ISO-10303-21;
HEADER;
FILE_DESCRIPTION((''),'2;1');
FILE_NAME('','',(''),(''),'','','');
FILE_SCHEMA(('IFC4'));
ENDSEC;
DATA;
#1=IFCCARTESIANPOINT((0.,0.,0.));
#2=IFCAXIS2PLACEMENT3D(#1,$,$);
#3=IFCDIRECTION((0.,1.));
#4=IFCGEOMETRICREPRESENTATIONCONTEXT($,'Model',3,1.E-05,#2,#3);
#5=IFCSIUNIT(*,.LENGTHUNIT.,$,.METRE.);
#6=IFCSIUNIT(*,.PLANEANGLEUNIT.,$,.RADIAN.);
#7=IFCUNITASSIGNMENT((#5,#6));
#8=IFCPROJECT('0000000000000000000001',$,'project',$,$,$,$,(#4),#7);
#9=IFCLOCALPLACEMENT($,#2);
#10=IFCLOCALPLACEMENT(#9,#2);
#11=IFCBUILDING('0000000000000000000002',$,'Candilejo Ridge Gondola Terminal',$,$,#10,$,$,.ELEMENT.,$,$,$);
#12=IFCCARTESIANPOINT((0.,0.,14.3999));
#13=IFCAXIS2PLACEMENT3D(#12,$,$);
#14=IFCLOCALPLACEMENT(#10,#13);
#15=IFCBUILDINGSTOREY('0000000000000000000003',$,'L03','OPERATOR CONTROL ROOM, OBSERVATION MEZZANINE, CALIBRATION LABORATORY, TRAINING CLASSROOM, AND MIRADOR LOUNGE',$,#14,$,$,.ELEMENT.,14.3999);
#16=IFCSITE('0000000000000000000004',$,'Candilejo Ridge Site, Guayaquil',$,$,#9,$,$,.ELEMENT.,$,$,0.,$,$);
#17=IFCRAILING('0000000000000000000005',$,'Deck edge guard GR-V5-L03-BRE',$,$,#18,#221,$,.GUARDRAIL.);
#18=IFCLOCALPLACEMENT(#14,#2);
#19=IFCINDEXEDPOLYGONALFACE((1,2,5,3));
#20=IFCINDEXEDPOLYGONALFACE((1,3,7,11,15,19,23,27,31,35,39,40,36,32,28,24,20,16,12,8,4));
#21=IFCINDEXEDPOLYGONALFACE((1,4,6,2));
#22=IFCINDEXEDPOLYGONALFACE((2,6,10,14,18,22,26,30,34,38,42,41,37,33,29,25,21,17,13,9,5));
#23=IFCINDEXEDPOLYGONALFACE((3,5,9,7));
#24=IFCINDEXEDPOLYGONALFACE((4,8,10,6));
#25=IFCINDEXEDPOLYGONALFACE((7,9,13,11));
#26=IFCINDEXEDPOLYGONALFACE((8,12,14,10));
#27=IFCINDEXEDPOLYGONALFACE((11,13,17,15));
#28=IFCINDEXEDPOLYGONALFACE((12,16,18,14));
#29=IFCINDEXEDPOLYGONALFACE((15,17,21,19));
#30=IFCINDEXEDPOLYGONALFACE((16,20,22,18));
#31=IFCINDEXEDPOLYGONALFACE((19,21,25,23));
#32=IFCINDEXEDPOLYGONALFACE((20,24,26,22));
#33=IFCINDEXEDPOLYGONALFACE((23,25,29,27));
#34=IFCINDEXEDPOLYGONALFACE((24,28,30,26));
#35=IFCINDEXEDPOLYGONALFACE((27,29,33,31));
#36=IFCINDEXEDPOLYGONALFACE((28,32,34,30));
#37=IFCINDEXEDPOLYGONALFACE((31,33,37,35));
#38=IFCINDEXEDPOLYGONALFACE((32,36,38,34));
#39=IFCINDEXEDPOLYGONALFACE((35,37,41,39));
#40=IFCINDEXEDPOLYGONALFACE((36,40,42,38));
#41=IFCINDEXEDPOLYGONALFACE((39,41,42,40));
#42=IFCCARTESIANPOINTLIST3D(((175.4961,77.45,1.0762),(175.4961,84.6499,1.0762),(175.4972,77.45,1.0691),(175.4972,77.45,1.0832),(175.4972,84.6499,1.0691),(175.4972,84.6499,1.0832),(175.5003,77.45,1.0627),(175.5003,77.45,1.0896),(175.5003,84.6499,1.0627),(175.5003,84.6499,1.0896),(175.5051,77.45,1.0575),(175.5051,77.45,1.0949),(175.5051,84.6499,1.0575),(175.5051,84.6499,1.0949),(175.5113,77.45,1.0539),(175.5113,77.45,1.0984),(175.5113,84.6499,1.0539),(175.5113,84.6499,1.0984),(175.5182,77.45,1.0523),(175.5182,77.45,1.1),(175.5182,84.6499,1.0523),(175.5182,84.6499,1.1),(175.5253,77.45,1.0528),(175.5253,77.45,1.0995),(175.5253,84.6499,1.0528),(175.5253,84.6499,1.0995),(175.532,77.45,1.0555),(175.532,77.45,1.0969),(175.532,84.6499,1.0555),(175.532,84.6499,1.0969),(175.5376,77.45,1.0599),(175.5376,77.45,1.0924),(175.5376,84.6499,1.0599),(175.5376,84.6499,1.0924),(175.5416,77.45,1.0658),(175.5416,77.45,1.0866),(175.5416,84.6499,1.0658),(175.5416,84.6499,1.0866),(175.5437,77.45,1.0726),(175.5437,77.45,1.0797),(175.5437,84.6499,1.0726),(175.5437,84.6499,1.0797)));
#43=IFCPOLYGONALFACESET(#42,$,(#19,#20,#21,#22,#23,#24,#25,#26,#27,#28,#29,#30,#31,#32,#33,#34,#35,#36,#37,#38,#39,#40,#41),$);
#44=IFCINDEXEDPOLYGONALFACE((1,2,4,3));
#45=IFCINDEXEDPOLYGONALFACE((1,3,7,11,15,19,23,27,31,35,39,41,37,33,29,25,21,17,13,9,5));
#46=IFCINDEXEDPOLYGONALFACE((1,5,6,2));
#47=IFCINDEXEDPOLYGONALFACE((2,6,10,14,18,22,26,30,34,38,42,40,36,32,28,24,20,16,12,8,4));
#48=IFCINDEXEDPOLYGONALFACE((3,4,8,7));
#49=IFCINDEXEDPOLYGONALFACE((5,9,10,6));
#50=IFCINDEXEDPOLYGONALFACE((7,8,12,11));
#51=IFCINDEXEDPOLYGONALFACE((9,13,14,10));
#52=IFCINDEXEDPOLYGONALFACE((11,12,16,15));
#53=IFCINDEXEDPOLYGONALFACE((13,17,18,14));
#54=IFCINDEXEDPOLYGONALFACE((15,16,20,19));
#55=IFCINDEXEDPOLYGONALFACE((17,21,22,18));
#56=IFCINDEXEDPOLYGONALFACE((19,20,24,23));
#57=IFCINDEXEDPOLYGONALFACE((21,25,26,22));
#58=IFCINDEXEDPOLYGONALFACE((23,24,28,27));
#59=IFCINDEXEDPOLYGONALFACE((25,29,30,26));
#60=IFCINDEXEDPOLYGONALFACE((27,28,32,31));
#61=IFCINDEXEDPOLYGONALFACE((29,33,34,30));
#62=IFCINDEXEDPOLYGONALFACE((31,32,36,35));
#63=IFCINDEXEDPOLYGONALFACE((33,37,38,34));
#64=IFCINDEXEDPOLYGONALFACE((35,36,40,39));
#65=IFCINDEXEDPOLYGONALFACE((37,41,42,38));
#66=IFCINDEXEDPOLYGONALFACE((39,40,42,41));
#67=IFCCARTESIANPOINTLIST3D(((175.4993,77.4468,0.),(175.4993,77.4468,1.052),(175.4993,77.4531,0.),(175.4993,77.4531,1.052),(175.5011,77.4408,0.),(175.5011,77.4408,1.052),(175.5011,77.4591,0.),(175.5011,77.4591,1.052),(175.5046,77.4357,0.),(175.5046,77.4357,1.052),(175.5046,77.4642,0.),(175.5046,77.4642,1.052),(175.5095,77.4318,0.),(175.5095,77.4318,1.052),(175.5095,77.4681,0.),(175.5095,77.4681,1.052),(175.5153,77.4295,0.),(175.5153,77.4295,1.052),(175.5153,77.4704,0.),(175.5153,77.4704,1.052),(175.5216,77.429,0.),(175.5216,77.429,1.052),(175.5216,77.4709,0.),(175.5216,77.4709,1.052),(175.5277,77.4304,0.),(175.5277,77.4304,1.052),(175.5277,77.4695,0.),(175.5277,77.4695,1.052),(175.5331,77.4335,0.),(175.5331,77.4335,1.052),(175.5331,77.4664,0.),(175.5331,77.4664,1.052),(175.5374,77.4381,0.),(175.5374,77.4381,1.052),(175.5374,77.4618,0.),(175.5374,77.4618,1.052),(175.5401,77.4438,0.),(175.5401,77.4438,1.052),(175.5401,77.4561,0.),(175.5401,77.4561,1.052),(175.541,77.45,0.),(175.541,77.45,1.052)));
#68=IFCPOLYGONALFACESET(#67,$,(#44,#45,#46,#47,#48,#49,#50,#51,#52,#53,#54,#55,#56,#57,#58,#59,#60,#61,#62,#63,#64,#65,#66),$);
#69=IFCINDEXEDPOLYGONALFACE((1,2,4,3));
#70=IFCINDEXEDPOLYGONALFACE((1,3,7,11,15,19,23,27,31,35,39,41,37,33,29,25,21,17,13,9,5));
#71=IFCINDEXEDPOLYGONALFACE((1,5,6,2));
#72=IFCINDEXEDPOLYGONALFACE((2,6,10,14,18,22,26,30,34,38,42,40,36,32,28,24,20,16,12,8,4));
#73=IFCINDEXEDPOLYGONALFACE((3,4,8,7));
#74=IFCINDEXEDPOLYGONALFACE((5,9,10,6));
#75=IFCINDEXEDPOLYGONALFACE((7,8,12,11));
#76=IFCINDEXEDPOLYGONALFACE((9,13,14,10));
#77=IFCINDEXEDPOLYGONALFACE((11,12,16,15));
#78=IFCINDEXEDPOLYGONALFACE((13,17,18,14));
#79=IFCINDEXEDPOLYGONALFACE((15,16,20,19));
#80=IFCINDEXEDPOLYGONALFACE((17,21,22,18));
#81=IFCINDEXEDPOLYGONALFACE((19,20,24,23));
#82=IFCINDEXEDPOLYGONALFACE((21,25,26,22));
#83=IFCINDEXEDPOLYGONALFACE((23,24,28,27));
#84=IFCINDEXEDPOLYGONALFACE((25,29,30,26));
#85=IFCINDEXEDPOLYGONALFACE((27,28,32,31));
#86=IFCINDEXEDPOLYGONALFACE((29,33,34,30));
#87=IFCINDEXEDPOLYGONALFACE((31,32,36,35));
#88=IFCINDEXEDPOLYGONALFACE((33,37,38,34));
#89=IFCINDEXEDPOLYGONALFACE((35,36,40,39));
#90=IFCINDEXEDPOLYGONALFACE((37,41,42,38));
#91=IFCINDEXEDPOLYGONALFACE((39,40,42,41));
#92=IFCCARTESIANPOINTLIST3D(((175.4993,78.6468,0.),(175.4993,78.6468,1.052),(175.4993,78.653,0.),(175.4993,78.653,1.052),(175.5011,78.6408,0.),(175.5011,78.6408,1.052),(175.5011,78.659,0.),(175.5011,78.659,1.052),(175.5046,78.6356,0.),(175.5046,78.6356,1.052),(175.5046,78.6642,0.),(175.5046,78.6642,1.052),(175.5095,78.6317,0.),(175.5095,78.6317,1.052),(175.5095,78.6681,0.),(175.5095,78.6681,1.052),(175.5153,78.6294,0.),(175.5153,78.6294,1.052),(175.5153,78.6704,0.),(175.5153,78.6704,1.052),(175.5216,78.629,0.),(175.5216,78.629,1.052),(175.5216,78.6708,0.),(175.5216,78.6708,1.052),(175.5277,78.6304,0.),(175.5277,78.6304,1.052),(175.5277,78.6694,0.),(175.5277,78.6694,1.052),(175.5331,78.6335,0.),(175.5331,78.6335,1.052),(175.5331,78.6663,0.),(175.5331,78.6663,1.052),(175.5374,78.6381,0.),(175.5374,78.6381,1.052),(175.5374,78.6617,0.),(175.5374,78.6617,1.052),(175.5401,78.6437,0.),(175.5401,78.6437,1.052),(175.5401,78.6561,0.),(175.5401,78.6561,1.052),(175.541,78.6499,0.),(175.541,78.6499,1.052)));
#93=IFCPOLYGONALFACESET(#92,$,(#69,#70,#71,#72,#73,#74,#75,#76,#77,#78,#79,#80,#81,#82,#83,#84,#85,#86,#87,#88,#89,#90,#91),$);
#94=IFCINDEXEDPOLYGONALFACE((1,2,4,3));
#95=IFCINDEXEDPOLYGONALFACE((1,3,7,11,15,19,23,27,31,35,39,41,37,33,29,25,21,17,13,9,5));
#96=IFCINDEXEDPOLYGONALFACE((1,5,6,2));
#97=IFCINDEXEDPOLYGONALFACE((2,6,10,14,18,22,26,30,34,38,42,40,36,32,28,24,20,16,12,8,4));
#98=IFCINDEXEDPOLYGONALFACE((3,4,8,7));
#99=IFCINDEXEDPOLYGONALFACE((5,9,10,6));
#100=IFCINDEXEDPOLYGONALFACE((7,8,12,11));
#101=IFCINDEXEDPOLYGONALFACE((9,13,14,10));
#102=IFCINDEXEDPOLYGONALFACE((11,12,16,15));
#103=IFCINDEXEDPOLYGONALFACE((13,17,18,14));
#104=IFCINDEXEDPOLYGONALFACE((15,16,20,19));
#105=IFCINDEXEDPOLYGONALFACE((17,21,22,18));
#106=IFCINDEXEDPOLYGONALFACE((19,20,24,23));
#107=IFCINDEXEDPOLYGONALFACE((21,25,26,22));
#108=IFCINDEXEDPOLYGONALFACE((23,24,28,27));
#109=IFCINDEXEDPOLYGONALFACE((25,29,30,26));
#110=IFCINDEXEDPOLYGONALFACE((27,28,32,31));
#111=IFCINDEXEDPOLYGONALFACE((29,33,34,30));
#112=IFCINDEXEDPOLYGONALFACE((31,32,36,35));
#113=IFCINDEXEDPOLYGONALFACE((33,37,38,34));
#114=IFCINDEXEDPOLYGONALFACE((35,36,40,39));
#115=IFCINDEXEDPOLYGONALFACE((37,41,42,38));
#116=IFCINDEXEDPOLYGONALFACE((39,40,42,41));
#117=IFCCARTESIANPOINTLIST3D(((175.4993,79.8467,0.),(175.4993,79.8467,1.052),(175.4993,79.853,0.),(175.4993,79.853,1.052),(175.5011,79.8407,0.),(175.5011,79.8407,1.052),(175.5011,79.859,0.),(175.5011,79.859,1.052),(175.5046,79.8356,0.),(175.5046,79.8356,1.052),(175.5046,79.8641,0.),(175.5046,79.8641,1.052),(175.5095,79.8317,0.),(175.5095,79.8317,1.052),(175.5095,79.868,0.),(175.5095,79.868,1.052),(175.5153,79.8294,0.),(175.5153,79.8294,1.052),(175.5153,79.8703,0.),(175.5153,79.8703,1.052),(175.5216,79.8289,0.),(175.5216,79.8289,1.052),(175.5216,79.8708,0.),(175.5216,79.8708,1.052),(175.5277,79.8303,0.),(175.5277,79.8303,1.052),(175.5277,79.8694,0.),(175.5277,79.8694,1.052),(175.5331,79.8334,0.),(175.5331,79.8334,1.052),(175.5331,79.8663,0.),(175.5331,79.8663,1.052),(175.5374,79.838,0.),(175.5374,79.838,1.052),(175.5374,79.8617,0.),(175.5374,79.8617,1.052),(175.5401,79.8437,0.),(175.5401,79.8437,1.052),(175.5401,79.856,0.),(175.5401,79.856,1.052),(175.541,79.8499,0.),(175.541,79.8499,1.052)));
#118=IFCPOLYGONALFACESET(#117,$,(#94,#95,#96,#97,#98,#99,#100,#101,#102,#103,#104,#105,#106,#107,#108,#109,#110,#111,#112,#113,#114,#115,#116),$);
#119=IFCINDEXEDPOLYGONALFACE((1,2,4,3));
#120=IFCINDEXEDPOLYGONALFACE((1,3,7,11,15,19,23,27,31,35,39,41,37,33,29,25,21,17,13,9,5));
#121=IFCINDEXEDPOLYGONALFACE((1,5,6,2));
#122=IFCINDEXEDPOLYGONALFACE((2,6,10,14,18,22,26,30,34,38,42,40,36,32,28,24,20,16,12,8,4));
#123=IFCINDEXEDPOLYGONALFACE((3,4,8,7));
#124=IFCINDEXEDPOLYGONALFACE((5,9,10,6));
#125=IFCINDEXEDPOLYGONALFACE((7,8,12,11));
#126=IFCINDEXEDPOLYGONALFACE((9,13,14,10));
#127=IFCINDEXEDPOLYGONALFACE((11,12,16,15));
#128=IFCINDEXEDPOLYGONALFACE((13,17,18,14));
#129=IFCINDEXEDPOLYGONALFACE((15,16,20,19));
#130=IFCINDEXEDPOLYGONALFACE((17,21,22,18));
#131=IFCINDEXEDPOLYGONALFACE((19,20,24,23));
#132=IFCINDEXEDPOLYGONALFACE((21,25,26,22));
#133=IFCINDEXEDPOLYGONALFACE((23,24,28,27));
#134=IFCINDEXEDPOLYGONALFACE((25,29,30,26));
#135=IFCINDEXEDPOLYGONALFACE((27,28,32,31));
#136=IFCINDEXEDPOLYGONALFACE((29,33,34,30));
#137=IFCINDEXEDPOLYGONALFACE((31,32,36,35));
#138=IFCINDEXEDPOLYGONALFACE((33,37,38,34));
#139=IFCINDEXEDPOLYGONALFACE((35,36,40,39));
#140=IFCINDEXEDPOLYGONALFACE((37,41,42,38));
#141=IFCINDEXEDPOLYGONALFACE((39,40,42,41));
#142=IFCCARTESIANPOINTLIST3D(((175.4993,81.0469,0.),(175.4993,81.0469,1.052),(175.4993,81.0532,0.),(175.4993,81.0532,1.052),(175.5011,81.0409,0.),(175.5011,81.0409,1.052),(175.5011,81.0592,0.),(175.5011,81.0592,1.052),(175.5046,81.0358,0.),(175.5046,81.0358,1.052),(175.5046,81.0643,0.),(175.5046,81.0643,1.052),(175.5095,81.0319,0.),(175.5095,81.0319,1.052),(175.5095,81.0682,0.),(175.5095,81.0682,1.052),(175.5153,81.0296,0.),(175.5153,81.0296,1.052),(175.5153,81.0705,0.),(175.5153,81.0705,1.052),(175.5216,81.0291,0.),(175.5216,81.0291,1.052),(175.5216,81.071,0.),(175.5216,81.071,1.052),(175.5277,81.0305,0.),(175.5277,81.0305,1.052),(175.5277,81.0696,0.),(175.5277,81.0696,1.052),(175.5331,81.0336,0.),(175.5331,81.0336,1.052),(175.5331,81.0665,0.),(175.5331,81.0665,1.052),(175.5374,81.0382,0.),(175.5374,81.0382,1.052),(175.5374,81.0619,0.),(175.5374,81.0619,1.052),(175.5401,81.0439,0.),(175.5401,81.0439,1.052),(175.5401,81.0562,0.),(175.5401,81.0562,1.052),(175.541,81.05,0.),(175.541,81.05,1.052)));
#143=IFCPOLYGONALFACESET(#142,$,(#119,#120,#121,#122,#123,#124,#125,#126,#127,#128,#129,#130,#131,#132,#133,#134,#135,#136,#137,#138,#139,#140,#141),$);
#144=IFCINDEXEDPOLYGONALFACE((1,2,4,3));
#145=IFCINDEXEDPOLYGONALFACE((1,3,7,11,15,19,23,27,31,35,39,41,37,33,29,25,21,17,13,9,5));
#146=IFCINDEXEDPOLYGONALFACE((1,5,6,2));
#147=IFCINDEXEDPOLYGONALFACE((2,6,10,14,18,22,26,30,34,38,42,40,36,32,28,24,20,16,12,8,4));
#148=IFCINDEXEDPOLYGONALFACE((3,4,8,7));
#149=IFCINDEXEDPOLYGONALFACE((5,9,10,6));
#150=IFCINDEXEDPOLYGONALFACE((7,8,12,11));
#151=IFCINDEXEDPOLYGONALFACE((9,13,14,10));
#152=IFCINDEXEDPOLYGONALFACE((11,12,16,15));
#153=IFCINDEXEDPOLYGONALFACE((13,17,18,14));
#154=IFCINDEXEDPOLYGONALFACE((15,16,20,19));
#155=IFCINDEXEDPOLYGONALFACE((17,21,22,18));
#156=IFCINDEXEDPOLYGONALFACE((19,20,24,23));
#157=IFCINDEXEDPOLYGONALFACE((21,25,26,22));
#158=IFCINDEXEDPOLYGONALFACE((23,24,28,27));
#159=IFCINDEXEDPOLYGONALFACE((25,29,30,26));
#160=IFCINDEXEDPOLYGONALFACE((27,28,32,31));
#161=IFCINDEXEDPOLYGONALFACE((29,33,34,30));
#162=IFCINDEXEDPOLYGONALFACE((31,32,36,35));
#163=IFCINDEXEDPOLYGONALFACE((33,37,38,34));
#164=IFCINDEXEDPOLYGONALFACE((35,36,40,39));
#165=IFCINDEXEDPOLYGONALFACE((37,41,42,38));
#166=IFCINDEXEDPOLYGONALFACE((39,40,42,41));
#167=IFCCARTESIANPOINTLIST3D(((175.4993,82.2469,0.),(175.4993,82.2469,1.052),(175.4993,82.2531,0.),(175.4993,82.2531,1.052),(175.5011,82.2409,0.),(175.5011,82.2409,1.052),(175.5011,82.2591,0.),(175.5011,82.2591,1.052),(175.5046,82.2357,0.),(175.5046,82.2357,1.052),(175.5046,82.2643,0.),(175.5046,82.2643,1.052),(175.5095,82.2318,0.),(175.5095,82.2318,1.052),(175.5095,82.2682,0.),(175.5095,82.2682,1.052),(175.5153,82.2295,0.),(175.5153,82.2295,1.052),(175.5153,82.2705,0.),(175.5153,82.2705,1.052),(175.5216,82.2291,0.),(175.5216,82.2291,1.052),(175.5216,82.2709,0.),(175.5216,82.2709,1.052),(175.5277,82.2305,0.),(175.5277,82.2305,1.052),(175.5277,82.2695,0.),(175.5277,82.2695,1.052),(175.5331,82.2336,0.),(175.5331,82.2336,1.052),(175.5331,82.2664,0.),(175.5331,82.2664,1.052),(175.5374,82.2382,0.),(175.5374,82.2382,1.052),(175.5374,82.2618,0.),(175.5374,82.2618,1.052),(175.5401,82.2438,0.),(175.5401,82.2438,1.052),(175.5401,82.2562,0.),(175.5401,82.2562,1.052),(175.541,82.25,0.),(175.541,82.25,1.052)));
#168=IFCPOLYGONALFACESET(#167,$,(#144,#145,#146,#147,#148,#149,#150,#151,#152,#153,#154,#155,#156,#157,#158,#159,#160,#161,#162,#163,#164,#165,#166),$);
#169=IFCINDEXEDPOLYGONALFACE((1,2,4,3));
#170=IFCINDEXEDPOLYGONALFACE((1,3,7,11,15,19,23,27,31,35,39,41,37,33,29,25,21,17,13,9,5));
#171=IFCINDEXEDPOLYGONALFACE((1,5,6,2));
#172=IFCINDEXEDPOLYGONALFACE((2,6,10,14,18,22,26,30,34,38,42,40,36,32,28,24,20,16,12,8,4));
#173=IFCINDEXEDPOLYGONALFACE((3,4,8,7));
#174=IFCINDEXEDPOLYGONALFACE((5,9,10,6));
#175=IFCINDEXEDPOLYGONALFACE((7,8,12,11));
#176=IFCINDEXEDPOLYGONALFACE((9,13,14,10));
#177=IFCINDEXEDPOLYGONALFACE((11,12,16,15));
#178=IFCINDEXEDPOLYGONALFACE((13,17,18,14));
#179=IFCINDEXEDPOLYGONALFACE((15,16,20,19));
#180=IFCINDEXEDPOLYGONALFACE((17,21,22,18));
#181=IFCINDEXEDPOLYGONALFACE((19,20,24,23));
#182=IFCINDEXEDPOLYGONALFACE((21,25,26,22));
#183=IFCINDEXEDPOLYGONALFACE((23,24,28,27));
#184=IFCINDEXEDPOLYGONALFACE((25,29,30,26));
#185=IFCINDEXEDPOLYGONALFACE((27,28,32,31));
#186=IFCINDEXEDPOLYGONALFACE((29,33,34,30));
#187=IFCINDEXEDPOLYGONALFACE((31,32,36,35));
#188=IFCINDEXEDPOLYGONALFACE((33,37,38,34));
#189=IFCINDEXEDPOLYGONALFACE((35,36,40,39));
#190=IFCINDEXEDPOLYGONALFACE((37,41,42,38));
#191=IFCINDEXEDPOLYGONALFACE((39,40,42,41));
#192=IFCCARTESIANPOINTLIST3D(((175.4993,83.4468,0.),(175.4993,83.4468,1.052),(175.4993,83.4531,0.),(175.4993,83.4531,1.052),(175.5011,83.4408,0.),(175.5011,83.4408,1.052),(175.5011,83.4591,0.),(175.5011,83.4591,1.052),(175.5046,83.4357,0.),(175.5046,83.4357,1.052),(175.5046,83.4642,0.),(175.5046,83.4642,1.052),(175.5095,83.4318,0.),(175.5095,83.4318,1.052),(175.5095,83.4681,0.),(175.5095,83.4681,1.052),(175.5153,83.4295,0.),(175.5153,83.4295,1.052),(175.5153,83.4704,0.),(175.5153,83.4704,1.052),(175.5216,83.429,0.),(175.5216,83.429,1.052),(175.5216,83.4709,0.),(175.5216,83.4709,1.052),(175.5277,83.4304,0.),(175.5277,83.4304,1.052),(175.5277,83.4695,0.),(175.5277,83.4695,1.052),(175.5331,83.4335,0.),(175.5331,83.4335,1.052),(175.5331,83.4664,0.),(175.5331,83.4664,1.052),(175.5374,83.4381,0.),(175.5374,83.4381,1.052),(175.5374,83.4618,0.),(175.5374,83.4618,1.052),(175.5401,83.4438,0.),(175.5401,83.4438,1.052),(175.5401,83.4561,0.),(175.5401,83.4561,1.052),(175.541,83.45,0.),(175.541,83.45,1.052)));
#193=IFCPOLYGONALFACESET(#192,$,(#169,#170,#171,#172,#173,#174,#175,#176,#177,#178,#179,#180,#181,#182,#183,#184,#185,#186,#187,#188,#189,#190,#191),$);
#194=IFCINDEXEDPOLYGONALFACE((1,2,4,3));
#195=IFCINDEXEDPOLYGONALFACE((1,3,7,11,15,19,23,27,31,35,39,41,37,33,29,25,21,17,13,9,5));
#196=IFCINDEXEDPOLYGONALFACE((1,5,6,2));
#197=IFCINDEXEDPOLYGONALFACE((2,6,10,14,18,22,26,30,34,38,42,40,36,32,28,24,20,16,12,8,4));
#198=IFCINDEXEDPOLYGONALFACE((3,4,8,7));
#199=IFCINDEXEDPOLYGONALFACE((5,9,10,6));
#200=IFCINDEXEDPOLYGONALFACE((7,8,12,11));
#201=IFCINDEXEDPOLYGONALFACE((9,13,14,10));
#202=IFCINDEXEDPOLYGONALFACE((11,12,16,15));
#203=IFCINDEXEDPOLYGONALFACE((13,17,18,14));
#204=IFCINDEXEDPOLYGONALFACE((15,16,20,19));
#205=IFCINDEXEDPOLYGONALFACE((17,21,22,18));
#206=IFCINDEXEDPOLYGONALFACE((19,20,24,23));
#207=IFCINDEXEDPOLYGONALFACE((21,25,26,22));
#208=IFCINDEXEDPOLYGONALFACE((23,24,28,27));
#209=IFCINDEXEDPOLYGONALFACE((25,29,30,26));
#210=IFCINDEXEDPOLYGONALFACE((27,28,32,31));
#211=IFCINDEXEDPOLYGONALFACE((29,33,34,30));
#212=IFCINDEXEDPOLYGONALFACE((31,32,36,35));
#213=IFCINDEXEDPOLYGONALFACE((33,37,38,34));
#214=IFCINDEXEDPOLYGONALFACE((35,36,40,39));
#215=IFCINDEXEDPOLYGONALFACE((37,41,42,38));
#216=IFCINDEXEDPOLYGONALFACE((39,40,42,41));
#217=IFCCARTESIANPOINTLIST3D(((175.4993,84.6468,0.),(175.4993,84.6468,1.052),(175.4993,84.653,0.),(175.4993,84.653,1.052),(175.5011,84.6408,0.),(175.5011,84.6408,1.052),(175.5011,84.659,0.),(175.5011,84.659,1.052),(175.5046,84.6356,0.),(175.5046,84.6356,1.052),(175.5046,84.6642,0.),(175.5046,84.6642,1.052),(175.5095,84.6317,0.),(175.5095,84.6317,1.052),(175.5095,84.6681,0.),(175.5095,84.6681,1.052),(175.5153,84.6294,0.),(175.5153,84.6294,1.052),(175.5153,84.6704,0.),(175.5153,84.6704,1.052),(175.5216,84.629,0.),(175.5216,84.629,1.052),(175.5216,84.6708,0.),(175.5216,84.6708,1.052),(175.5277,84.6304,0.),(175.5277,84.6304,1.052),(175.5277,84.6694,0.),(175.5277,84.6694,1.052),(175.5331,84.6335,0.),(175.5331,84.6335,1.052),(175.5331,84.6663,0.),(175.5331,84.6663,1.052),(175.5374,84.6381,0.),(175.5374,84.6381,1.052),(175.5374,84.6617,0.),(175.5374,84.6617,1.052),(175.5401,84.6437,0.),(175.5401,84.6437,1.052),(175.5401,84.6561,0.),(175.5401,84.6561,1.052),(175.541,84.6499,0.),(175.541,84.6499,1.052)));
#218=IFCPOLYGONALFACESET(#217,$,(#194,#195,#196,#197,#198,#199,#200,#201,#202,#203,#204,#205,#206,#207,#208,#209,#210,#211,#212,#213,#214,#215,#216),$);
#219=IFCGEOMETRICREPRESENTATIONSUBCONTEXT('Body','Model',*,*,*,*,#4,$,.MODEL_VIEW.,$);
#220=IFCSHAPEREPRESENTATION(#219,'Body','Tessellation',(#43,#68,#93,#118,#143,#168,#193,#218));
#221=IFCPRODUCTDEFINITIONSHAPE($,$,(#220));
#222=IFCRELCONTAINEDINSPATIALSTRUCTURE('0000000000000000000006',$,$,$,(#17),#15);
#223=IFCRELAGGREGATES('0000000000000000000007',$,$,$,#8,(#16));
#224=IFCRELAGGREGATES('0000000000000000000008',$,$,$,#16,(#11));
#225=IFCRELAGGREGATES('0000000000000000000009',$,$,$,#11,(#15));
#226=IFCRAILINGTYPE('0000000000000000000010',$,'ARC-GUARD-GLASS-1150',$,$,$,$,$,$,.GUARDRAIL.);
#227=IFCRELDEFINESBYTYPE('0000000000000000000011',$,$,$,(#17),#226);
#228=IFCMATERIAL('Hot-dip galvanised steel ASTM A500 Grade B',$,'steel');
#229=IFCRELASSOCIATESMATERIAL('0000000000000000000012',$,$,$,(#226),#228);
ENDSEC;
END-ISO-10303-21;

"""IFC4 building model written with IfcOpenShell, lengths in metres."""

from ifc_helpers import new_model, si_unit, direction, frame, origin, origin_2d, place, context, subcontext, project, spatial, circle, extrude, material, type_object, element, save


model = new_model("IFC4")

# Units and contexts
model_context = context("Model", 3, precision=1e-05, world=origin(), true_north=direction((0.0, 1.0)))
body_context = subcontext(model_context, "Body", "Model", "MODEL_VIEW")
ifc_project = project(units=[si_unit("LENGTHUNIT", "METRE"), si_unit("PLANEANGLEUNIT", "RADIAN")], contexts=[model_context])

# Site, building, storey
site_placement = place(None, origin())
site = spatial("IfcSite", under=ifc_project, at=site_placement, Name="Candilejo Ridge Site, Guayaquil", CompositionType="ELEMENT", RefElevation=0.0)
building_placement = place(site_placement, origin())
building = spatial("IfcBuilding", under=site, at=building_placement, Name="Candilejo Ridge Gondola Terminal", CompositionType="ELEMENT")
storey_placement = place(building_placement, frame((0.0, 0.0, 14.3999)))
storey = spatial("IfcBuildingStorey", under=building, at=storey_placement, Name="L03", Description="OPERATOR CONTROL ROOM, OBSERVATION MEZZANINE, CALIBRATION LABORATORY, TRAINING CLASSROOM, AND MIRADOR LOUNGE", CompositionType="ELEMENT", Elevation=14.3999)

# Railing
ifc_material_1 = material(Name="Hot-dip galvanised steel ASTM A500 Grade B", Category="steel")
railing_type = type_object("IfcRailingType", Name="ARC-GUARD-GLASS-1150", PredefinedType="GUARDRAIL", material=ifc_material_1)
railing_placement = place(storey_placement, frame((175.52, 77.45, 0.0)))
element("IfcRailing", 1, at=railing_placement, inside=storey, type_object=railing_type, Name="Deck edge guard GR-V5-L03-BRE", PredefinedType="GUARDRAIL", context=body_context, shape_type="SweptSolid", body=[
    extrude(circle(Radius=0.0239, at=origin_2d()), frame((0.0, 0.0, 1.0762), z_axis=(0.0, 1.0, 0.0), x_axis=(-1.0, 0.0, 0.0)), (0.0, 0.0, 1.0), 7.2),
    extrude(circle(Radius=0.021, at=origin_2d()), origin(), (0.0, 0.0, 1.0), 1.052),
    extrude(circle(Radius=0.021, at=origin_2d()), frame((0.0, 1.2, 0.0)), (0.0, 0.0, 1.0), 1.052),
    extrude(circle(Radius=0.021, at=origin_2d()), frame((0.0, 2.3999, 0.0)), (0.0, 0.0, 1.0), 1.052),
    extrude(circle(Radius=0.021, at=origin_2d()), frame((0.0, 3.6001, 0.0)), (0.0, 0.0, 1.0), 1.052),
    extrude(circle(Radius=0.021, at=origin_2d()), frame((0.0, 4.8, 0.0)), (0.0, 0.0, 1.0), 1.052),
    extrude(circle(Radius=0.021, at=origin_2d()), frame((0.0, 6.0, 0.0)), (0.0, 0.0, 1.0), 1.052),
    extrude(circle(Radius=0.021, at=origin_2d()), frame((0.0, 7.2, 0.0)), (0.0, 0.0, 1.0), 1.052),
])

save(model, "model.ifc")
